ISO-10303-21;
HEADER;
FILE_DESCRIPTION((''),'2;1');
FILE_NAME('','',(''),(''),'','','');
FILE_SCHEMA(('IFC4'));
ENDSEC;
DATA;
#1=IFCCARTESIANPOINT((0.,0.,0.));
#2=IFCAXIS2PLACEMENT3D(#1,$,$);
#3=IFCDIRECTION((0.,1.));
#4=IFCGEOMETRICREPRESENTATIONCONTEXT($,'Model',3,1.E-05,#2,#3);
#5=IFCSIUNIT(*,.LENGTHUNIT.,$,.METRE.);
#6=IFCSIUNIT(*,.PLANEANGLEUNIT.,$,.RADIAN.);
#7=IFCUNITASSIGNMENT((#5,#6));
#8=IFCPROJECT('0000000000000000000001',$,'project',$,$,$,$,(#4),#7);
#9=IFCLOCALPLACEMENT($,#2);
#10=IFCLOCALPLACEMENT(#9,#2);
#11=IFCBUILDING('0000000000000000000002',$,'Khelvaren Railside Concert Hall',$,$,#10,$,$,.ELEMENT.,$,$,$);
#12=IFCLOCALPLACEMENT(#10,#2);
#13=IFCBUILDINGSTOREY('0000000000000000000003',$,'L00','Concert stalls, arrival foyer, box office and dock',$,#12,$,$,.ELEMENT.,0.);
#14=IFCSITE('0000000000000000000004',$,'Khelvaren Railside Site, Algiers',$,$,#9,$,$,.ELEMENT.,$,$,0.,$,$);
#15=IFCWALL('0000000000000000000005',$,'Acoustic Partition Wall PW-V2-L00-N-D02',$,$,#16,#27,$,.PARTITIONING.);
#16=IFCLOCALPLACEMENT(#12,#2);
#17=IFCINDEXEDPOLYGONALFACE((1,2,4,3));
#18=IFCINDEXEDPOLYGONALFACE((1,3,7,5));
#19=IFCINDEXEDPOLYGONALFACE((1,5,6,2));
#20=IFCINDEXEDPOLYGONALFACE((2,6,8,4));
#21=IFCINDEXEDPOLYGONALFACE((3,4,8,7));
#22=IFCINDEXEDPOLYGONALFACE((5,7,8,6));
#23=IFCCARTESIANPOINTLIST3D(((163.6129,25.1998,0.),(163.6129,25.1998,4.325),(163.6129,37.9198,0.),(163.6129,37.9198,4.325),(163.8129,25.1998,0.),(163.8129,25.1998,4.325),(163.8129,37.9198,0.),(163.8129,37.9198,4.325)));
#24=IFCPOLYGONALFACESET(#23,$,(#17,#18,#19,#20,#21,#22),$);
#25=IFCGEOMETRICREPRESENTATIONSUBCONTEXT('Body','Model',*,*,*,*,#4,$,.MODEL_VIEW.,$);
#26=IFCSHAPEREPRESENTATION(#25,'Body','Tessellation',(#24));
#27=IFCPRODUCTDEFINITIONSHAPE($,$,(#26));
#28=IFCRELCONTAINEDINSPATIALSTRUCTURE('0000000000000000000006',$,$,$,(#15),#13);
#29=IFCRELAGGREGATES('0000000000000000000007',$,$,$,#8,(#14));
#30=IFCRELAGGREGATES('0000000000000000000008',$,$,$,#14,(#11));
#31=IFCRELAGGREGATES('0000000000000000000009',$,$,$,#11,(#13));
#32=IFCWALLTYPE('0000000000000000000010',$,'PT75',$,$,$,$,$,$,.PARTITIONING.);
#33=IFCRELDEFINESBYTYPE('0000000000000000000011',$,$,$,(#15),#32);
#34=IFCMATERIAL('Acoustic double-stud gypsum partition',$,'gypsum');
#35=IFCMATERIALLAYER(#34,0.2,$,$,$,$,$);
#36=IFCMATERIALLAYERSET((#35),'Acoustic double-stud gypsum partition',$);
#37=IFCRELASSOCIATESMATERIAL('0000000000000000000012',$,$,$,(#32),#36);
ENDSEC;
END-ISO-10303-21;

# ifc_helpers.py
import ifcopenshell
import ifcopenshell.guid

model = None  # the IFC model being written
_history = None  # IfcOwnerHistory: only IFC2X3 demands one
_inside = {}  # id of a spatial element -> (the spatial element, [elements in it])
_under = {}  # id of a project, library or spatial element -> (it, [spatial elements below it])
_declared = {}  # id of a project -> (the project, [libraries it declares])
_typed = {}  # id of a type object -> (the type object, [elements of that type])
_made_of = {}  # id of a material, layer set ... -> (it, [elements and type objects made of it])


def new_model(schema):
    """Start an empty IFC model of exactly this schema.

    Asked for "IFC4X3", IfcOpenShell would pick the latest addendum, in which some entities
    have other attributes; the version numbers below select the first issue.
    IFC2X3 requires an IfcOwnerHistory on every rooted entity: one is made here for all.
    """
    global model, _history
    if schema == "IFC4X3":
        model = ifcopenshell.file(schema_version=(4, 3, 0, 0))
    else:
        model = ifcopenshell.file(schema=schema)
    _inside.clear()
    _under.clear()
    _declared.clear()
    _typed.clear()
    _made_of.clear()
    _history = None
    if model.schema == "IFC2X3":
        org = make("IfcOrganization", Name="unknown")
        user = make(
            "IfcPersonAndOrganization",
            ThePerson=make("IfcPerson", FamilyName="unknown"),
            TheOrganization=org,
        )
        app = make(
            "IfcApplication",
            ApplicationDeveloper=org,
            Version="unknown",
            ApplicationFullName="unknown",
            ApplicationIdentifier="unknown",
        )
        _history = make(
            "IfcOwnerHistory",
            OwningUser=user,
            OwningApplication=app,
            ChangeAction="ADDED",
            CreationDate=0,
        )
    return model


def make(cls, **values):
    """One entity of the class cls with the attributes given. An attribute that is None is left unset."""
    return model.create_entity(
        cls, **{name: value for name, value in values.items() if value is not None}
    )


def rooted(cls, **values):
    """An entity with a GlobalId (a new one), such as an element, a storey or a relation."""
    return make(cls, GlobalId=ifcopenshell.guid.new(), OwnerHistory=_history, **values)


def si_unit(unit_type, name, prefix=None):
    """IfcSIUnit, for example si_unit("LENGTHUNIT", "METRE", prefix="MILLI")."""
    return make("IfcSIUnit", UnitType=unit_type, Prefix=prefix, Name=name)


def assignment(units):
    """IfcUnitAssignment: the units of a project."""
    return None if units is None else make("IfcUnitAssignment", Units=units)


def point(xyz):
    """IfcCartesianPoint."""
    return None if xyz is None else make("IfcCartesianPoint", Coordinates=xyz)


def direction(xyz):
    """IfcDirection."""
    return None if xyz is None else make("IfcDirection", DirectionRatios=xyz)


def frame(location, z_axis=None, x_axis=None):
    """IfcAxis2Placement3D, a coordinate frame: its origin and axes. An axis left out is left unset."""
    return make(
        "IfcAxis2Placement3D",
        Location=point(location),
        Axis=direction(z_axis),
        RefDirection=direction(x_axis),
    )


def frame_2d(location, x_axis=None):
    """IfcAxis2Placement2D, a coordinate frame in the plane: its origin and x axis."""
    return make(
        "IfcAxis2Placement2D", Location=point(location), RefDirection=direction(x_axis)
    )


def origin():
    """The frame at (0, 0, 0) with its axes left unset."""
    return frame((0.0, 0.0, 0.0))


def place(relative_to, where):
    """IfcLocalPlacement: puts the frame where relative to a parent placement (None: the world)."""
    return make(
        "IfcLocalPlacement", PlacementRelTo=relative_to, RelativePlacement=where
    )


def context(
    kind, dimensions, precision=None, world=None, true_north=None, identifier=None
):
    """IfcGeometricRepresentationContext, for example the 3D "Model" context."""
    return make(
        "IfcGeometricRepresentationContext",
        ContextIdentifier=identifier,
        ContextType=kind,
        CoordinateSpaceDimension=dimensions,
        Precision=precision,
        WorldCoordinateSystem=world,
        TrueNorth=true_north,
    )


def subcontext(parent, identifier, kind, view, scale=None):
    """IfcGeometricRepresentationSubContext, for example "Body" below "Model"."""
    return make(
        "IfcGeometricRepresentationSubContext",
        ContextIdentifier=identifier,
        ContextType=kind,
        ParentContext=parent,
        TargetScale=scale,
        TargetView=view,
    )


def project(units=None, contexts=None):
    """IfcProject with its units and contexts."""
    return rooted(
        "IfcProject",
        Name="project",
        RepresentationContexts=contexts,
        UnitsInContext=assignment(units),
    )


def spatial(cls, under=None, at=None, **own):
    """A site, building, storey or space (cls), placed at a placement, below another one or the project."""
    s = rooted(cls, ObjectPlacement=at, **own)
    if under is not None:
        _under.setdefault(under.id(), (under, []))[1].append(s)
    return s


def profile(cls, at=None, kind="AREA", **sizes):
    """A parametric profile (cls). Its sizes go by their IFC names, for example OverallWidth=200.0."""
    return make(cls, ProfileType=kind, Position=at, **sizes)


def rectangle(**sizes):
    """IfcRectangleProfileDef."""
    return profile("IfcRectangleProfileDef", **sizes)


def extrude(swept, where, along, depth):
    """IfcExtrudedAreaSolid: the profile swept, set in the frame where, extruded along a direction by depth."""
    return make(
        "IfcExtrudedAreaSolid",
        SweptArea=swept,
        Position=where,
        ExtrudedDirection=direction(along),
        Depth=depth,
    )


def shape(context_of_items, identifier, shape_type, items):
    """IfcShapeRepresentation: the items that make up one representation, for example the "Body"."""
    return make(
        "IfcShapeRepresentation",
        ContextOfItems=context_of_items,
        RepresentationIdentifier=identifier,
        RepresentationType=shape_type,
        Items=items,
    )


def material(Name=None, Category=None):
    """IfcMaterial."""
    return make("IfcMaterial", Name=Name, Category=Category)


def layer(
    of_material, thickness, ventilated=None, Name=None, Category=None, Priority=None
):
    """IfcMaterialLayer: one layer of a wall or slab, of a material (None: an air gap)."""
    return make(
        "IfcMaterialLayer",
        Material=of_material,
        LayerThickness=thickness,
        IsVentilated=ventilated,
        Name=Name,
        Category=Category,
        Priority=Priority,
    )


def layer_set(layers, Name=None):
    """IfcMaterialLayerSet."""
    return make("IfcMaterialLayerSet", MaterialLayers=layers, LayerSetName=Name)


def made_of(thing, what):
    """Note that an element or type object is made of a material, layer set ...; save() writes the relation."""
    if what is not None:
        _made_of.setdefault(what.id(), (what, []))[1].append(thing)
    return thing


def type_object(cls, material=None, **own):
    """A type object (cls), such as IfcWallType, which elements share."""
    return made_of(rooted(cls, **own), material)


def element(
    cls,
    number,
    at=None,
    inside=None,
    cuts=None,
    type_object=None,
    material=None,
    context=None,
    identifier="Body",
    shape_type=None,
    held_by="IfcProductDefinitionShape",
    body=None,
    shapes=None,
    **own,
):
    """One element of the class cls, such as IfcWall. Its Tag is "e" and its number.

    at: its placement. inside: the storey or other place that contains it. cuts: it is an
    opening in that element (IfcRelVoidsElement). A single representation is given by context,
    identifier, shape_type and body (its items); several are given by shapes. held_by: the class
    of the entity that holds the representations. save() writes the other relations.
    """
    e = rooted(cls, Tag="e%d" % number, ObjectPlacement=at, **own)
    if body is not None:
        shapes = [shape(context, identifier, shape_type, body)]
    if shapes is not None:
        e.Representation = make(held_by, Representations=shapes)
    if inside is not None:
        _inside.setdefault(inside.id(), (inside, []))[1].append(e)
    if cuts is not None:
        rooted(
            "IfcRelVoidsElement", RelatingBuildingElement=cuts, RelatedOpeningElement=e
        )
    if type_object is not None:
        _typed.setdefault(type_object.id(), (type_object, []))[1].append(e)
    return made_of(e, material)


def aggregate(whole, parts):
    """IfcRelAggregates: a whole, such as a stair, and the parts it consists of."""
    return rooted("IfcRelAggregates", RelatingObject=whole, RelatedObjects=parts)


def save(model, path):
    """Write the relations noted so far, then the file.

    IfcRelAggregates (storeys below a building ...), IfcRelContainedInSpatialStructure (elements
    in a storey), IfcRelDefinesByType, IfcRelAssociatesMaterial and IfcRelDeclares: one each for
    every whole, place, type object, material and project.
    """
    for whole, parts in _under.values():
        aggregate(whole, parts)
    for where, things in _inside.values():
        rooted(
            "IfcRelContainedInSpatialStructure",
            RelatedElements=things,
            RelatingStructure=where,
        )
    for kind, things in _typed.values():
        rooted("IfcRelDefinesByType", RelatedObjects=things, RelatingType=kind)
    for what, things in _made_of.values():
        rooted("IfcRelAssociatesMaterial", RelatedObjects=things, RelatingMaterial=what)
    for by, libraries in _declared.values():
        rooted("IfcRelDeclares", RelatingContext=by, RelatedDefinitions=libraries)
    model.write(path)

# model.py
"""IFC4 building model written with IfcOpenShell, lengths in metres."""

from ifc_helpers import new_model, si_unit, direction, frame, frame_2d, origin, place, context, subcontext, project, spatial, rectangle, extrude, material, layer, layer_set, type_object, element, save


model = new_model("IFC4")

# Units and contexts
model_context = context("Model", 3, precision=1e-05, world=origin(), true_north=direction((0.0, 1.0)))
body_context = subcontext(model_context, "Body", "Model", "MODEL_VIEW")
ifc_project = project(units=[si_unit("LENGTHUNIT", "METRE"), si_unit("PLANEANGLEUNIT", "RADIAN")], contexts=[model_context])

# Site, building, storey
site_placement = place(None, origin())
site = spatial("IfcSite", under=ifc_project, at=site_placement, Name="Khelvaren Railside Site, Algiers", CompositionType="ELEMENT", RefElevation=0.0)
building_placement = place(site_placement, origin())
building = spatial("IfcBuilding", under=site, at=building_placement, Name="Khelvaren Railside Concert Hall", CompositionType="ELEMENT")
storey_placement = place(building_placement, origin())
storey = spatial("IfcBuildingStorey", under=building, at=storey_placement, Name="L00", Description="Concert stalls, arrival foyer, box office and dock", CompositionType="ELEMENT", Elevation=0.0)

# Shared definitions
ifc_material_1 = material(Name="Acoustic double-stud gypsum partition", Category="gypsum")

# Wall
ifc_layer_1 = layer(ifc_material_1, 0.2)
ifc_layer_set_1 = layer_set([ifc_layer_1], Name="Acoustic double-stud gypsum partition")
wall_type_1 = type_object("IfcWallType", Name="PT75", PredefinedType="PARTITIONING", material=ifc_layer_set_1)
wall_1_placement = place(storey_placement, frame((163.7129, 25.2, 0.0), z_axis=(0.0, 0.0, 1.0), x_axis=(0.0, 1.0, 0.0)))
element("IfcWall", 1, at=wall_1_placement, inside=storey, type_object=wall_type_1, Name="Acoustic Partition Wall PW-V2-L00-N-D02", PredefinedType="PARTITIONING", context=body_context, shape_type="SweptSolid", body=[
    extrude(rectangle(XDim=12.72, YDim=0.2, at=frame_2d((6.3599, 0.0))), origin(), (0.0, 0.0, 1.0), 4.325),
])

save(model, "model.ifc")
